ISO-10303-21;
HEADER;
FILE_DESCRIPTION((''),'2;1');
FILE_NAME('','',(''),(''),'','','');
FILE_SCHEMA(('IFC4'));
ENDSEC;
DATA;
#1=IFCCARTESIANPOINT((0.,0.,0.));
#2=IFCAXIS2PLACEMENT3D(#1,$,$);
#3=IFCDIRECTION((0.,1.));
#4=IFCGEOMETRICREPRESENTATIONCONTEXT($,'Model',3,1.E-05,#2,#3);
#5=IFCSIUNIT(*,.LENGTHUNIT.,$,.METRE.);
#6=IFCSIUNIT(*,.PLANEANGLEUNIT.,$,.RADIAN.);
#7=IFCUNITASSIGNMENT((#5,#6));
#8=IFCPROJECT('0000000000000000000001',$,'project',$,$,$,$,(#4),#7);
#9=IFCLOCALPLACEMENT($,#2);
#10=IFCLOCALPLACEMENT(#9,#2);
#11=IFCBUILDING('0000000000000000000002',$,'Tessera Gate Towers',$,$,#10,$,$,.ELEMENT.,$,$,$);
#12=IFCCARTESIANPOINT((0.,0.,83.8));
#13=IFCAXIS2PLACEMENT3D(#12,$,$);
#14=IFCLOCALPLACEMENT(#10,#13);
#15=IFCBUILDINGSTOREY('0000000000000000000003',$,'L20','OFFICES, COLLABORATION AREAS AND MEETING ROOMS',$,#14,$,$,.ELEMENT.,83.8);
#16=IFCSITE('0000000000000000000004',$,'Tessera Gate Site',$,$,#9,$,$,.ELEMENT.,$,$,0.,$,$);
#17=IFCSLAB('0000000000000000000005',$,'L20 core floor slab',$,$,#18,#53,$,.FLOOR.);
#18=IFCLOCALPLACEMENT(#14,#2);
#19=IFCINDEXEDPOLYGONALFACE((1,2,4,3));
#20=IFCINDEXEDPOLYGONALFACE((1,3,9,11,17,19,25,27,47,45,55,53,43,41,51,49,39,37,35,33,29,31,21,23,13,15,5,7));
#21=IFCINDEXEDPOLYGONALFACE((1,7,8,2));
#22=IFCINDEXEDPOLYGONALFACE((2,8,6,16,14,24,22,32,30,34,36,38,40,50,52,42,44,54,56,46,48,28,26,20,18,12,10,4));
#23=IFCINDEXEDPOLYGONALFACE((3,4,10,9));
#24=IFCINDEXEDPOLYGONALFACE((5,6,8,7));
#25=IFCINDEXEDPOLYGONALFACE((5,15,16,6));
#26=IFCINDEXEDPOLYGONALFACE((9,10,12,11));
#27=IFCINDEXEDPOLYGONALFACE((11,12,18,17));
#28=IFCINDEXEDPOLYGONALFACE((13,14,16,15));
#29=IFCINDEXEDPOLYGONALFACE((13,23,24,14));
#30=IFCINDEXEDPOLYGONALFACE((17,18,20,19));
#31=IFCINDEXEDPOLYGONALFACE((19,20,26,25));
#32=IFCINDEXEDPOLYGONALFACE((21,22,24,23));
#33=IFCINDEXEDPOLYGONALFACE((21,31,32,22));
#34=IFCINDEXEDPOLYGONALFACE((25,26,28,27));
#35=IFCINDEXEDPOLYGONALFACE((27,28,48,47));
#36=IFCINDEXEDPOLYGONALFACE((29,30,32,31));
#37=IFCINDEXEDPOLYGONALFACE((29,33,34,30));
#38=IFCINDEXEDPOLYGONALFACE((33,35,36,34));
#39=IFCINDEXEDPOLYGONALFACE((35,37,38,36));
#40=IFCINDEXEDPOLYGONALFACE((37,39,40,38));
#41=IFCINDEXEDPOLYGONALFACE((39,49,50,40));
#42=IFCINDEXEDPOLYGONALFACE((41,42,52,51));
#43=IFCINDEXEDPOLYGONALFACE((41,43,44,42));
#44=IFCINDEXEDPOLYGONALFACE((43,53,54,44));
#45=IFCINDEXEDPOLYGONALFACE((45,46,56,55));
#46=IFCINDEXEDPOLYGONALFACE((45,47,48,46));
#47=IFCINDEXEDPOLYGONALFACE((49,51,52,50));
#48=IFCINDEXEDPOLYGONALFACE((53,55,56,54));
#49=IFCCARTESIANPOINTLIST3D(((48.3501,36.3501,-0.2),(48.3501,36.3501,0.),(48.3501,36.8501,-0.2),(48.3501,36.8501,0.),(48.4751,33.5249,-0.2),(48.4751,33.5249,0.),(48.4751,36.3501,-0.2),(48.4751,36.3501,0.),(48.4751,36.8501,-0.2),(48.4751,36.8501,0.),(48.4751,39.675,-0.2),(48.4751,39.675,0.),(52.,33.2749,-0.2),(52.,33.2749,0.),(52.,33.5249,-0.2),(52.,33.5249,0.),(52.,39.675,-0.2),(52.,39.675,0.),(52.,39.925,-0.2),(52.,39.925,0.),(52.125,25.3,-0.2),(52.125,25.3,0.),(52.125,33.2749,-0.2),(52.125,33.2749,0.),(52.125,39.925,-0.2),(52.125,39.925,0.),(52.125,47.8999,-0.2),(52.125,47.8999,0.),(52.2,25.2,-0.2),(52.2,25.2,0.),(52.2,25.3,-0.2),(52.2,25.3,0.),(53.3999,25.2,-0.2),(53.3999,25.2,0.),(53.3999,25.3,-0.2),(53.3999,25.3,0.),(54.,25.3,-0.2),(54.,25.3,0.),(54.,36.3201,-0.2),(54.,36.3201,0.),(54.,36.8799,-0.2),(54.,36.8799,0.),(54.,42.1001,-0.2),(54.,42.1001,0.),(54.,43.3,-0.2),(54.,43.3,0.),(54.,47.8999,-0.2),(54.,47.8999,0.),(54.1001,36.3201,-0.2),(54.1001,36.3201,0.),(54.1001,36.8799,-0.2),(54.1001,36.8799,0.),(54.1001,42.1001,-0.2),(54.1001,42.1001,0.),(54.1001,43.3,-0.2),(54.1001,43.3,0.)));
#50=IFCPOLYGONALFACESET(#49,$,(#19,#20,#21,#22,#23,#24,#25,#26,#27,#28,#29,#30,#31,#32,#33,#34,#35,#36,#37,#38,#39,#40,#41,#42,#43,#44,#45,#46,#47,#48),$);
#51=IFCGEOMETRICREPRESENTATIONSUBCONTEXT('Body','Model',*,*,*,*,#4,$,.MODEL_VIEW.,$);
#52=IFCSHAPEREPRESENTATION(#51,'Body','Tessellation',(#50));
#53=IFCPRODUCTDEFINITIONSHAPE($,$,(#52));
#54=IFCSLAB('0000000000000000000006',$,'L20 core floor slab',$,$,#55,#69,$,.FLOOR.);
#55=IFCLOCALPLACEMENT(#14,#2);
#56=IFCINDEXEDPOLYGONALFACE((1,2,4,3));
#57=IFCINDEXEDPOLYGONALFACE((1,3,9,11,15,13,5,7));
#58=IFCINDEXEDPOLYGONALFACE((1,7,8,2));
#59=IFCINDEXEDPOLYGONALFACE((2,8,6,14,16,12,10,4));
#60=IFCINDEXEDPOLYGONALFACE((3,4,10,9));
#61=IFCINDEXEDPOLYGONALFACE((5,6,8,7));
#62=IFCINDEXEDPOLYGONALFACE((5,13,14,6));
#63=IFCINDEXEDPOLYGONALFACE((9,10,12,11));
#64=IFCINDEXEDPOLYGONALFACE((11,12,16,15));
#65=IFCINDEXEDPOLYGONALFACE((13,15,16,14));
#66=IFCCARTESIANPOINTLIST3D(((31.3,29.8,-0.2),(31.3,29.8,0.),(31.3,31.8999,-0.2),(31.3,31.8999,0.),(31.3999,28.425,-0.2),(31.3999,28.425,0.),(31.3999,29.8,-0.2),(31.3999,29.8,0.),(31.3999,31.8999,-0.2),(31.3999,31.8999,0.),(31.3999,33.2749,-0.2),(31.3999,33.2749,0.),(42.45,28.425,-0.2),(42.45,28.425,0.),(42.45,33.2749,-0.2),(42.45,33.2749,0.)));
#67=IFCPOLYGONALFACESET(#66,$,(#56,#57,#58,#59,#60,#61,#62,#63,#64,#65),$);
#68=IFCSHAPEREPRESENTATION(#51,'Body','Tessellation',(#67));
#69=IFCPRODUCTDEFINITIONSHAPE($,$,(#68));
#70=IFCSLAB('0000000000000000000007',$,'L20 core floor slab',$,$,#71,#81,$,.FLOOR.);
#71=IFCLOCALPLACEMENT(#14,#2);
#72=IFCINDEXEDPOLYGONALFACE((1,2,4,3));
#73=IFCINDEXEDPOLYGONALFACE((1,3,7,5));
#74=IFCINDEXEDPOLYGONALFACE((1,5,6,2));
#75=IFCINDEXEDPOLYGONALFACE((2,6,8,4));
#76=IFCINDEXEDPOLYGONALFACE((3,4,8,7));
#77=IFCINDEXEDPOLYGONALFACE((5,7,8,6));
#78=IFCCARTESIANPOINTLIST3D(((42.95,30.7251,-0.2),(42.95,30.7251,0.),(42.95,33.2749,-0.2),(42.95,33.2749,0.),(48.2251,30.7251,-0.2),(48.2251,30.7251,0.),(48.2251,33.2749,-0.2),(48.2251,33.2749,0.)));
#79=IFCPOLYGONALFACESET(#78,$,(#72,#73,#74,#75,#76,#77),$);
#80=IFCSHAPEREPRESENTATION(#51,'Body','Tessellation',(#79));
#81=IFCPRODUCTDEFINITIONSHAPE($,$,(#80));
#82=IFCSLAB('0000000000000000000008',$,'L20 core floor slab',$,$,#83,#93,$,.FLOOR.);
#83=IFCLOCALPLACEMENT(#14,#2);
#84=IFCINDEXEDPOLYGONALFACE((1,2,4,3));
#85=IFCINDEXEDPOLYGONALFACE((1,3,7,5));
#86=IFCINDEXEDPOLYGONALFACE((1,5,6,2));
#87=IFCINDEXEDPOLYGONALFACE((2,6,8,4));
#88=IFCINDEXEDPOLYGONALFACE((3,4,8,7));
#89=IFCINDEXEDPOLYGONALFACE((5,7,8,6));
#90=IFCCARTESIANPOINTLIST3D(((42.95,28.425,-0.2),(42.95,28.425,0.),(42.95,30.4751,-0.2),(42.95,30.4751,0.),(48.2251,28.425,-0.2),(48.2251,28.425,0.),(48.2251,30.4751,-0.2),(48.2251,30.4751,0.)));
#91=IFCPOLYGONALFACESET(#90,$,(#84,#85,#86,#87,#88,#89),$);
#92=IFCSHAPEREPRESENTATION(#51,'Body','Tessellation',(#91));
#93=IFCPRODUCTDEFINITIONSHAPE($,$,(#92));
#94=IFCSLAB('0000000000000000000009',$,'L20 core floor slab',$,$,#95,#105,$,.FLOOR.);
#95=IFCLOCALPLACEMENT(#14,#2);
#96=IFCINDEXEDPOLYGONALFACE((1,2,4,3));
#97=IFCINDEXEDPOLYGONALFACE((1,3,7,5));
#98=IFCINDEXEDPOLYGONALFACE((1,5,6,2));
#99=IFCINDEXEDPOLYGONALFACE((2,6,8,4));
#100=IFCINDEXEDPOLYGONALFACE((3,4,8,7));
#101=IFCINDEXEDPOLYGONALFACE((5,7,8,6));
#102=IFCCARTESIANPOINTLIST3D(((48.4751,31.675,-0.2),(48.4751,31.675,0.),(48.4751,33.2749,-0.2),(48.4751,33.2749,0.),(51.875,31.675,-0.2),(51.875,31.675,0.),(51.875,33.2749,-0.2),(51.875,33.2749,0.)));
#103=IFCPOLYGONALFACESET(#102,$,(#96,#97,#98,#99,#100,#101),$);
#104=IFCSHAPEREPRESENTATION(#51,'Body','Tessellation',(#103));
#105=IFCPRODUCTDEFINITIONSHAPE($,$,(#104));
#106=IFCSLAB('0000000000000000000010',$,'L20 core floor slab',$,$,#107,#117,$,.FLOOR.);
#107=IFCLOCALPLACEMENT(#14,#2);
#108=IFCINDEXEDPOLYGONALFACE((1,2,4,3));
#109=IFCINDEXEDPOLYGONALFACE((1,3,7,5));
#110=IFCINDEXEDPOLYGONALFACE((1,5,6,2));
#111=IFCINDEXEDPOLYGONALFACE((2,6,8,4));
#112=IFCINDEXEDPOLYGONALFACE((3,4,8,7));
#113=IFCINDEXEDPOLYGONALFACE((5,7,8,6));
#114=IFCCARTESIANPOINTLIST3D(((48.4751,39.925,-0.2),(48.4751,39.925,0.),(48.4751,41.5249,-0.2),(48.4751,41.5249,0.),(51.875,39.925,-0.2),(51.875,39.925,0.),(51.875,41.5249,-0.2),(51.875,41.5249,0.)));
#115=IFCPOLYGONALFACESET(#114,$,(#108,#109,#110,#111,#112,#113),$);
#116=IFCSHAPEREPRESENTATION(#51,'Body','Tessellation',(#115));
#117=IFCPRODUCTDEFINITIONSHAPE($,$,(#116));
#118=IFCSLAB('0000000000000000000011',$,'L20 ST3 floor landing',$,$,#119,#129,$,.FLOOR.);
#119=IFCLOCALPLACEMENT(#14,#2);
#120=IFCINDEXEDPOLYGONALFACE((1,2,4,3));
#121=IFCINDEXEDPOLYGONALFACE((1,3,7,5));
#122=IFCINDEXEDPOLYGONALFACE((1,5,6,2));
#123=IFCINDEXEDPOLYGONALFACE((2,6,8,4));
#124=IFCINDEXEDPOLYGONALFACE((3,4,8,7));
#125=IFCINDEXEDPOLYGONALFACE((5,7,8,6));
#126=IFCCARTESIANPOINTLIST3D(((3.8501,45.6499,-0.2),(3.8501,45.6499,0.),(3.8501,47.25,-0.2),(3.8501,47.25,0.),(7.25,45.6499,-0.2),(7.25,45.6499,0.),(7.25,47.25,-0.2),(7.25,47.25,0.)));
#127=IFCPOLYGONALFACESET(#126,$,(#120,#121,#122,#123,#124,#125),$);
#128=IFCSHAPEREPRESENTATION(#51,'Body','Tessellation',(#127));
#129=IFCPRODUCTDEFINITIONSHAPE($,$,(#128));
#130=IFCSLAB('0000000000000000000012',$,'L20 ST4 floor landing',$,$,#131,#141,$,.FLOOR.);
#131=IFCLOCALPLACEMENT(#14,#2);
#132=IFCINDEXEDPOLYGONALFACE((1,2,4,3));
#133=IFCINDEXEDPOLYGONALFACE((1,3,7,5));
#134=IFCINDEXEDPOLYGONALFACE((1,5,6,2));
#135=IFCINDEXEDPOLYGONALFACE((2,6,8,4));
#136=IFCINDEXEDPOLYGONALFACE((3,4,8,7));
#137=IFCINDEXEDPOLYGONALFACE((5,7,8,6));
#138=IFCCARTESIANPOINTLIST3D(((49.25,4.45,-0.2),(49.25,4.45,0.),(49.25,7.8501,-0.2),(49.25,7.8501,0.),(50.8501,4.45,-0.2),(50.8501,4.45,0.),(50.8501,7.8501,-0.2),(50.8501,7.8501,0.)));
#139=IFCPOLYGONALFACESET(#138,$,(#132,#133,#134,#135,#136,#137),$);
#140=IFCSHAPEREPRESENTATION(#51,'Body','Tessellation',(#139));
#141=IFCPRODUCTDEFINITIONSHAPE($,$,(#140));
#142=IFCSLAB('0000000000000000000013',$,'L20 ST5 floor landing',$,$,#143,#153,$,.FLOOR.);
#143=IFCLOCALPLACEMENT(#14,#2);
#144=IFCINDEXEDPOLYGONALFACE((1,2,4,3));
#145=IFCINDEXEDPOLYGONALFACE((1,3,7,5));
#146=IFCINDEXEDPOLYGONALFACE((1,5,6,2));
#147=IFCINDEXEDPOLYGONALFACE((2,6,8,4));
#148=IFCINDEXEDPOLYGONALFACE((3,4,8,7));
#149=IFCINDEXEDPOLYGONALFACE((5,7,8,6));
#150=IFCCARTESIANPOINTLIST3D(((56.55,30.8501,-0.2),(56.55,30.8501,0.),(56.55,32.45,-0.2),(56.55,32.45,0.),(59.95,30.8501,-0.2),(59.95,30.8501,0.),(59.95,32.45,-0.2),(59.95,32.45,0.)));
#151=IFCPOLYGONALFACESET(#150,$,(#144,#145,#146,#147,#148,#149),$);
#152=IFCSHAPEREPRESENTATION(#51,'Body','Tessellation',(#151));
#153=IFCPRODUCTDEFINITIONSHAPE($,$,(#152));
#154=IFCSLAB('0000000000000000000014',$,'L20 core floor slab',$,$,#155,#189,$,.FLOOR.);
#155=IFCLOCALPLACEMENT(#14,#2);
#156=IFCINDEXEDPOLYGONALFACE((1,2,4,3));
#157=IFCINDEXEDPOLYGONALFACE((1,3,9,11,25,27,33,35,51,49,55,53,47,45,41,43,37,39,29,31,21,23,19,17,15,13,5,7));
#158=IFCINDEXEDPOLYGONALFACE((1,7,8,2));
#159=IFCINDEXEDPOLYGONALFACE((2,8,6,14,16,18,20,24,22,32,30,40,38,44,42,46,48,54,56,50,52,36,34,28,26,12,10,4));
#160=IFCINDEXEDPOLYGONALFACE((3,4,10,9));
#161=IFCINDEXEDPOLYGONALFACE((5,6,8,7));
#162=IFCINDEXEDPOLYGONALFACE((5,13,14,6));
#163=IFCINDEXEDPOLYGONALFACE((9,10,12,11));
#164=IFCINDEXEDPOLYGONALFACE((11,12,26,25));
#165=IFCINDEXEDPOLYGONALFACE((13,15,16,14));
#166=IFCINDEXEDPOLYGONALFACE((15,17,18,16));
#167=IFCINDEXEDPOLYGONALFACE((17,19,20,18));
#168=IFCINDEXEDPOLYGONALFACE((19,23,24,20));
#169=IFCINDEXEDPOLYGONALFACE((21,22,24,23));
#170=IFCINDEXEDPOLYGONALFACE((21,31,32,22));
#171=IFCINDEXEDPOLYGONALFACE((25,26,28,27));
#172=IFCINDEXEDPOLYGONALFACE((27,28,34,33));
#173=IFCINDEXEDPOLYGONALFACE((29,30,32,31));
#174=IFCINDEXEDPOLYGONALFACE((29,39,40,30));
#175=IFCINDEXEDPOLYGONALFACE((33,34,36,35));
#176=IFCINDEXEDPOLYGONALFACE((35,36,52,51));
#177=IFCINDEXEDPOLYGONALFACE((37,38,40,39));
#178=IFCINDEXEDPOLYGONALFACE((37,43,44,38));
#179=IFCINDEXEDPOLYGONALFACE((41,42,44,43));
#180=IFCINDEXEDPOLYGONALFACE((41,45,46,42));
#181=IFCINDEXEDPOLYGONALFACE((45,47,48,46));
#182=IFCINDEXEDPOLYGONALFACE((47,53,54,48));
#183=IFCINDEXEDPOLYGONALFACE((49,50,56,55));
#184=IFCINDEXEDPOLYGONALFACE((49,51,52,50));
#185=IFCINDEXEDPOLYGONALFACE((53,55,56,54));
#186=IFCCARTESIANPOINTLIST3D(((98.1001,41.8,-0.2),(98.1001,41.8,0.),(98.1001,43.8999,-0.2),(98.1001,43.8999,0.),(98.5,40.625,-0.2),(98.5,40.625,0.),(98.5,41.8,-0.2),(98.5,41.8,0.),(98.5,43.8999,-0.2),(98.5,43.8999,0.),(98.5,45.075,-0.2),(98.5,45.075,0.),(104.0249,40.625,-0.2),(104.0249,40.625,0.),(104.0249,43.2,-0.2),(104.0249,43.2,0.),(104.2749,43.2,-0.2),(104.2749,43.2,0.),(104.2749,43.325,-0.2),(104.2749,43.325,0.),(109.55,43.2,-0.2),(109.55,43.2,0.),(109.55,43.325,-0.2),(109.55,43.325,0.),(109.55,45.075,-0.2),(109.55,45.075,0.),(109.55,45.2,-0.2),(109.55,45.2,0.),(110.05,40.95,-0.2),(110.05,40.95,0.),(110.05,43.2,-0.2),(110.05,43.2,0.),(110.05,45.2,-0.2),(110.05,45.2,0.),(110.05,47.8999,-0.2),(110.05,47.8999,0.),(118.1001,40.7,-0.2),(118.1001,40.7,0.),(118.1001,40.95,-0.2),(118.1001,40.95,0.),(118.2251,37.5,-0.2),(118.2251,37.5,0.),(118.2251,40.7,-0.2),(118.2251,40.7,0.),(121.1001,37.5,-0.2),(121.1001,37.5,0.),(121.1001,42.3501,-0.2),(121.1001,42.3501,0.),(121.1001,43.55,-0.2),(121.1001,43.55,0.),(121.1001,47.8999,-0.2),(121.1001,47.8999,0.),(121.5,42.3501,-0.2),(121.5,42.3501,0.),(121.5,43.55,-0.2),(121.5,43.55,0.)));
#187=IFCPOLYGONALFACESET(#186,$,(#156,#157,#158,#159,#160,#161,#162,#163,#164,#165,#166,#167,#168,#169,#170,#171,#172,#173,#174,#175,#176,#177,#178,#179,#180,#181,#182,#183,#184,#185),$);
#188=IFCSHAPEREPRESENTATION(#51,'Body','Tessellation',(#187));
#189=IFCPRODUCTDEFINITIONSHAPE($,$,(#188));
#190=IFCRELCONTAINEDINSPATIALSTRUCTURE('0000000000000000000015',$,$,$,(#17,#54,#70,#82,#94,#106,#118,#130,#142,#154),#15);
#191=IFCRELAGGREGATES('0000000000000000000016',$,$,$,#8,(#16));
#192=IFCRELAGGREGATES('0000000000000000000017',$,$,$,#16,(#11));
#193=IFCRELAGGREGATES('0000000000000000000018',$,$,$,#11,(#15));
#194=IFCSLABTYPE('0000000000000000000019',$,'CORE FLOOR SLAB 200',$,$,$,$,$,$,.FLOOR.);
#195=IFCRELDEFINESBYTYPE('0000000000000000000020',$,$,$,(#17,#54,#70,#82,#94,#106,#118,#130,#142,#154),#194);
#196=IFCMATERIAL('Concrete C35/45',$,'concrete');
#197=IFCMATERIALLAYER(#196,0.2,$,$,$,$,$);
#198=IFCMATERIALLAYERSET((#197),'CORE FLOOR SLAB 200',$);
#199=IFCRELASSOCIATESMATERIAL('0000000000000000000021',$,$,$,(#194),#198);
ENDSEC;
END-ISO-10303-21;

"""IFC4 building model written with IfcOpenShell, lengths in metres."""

from ifc_helpers import new_model, si_unit, direction, frame, origin, place, context, subcontext, project, spatial, polyline, outline, extrude, material, layer, layer_set, type_object, element, save


model = new_model("IFC4")

# Units and contexts
model_context = context("Model", 3, precision=1e-05, world=origin(), true_north=direction((0.0, 1.0)))
body_context = subcontext(model_context, "Body", "Model", "MODEL_VIEW")
ifc_project = project(units=[si_unit("LENGTHUNIT", "METRE"), si_unit("PLANEANGLEUNIT", "RADIAN")], contexts=[model_context])

# Site, building, storey
site_placement = place(None, origin())
site = spatial("IfcSite", under=ifc_project, at=site_placement, Name="Tessera Gate Site", CompositionType="ELEMENT", RefElevation=0.0)
building_placement = place(site_placement, origin())
building = spatial("IfcBuilding", under=site, at=building_placement, Name="Tessera Gate Towers", CompositionType="ELEMENT")
storey_placement = place(building_placement, frame((0.0, 0.0, 83.8)))
storey = spatial("IfcBuildingStorey", under=building, at=storey_placement, Name="L20", Description="OFFICES, COLLABORATION AREAS AND MEETING ROOMS", CompositionType="ELEMENT", Elevation=83.8)

# Slabs
ifc_material_1 = material(Name="Concrete C35/45", Category="concrete")
ifc_layer_1 = layer(ifc_material_1, 0.2)
ifc_layer_set_1 = layer_set([ifc_layer_1], Name="CORE FLOOR SLAB 200")
slab_type_1 = type_object("IfcSlabType", Name="CORE FLOOR SLAB 200", PredefinedType="FLOOR", material=ifc_layer_set_1)
slab_1_placement = place(storey_placement, frame((0.0, 0.0, -0.2)))
element("IfcSlab", 1, at=slab_1_placement, inside=storey, type_object=slab_type_1, Name="L20 core floor slab", PredefinedType="FLOOR", context=body_context, shape_type="SweptSolid", body=[
    extrude(outline(polyline([(52.2, 25.2), (53.3999, 25.2), (53.3999, 25.3), (54.0, 25.3), (54.0, 36.3201), (54.1001, 36.3201), (54.1001, 36.8799), (54.0, 36.8799), (54.0, 42.1001), (54.1001, 42.1001), (54.1001, 43.3), (54.0, 43.3), (54.0, 47.8999), (52.125, 47.8999), (52.125, 39.925), (52.0, 39.925), (52.0, 39.675), (48.4751, 39.675), (48.4751, 36.8501), (48.3501, 36.8501), (48.3501, 36.3501), (48.4751, 36.3501), (48.4751, 33.5249), (52.0, 33.5249), (52.0, 33.2749), (52.125, 33.2749), (52.125, 25.3), (52.2, 25.3), (52.2, 25.2)])), origin(), (0.0, 0.0, 1.0), 0.2),
])
slab_2_placement = place(storey_placement, frame((0.0, 0.0, -0.2)))
element("IfcSlab", 2, at=slab_2_placement, inside=storey, type_object=slab_type_1, Name="L20 core floor slab", PredefinedType="FLOOR", context=body_context, shape_type="SweptSolid", body=[
    extrude(outline(polyline([(31.3999, 29.8), (31.3999, 28.425), (42.45, 28.425), (42.45, 33.2749), (31.3999, 33.2749), (31.3999, 31.8999), (31.3, 31.8999), (31.3, 29.8), (31.3999, 29.8)])), origin(), (0.0, 0.0, 1.0), 0.2),
])
slab_3_placement = place(storey_placement, frame((0.0, 0.0, -0.2)))
element("IfcSlab", 3, at=slab_3_placement, inside=storey, type_object=slab_type_1, Name="L20 core floor slab", PredefinedType="FLOOR", context=body_context, shape_type="SweptSolid", body=[
    extrude(outline(polyline([(42.95, 33.2749), (42.95, 30.7251), (48.2251, 30.7251), (48.2251, 33.2749), (42.95, 33.2749)])), origin(), (0.0, 0.0, 1.0), 0.2),
])
slab_4_placement = place(storey_placement, frame((0.0, 0.0, -0.2)))
element("IfcSlab", 4, at=slab_4_placement, inside=storey, type_object=slab_type_1, Name="L20 core floor slab", PredefinedType="FLOOR", context=body_context, shape_type="SweptSolid", body=[
    extrude(outline(polyline([(42.95, 30.4751), (42.95, 28.425), (48.2251, 28.425), (48.2251, 30.4751), (42.95, 30.4751)])), origin(), (0.0, 0.0, 1.0), 0.2),
])
slab_5_placement = place(storey_placement, frame((0.0, 0.0, -0.2)))
element("IfcSlab", 5, at=slab_5_placement, inside=storey, type_object=slab_type_1, Name="L20 core floor slab", PredefinedType="FLOOR", context=body_context, shape_type="SweptSolid", body=[
    extrude(outline(polyline([(51.875, 31.675), (51.875, 33.2749), (48.4751, 33.2749), (48.4751, 31.675), (51.875, 31.675)])), origin(), (0.0, 0.0, 1.0), 0.2),
])
slab_6_placement = place(storey_placement, frame((0.0, 0.0, -0.2)))
element("IfcSlab", 6, at=slab_6_placement, inside=storey, type_object=slab_type_1, Name="L20 core floor slab", PredefinedType="FLOOR", context=body_context, shape_type="SweptSolid", body=[
    extrude(outline(polyline([(48.4751, 41.5249), (48.4751, 39.925), (51.875, 39.925), (51.875, 41.5249), (48.4751, 41.5249)])), origin(), (0.0, 0.0, 1.0), 0.2),
])
slab_7_placement = place(storey_placement, frame((0.0, 0.0, -0.2)))
element("IfcSlab", 7, at=slab_7_placement, inside=storey, type_object=slab_type_1, Name="L20 ST3 floor landing", PredefinedType="FLOOR", context=body_context, shape_type="SweptSolid", body=[
    extrude(outline(polyline([(3.8501, 47.25), (3.8501, 45.6499), (7.25, 45.6499), (7.25, 47.25), (3.8501, 47.25)])), origin(), (0.0, 0.0, 1.0), 0.2),
])
slab_8_placement = place(storey_placement, frame((0.0, 0.0, -0.2)))
element("IfcSlab", 8, at=slab_8_placement, inside=storey, type_object=slab_type_1, Name="L20 ST4 floor landing", PredefinedType="FLOOR", context=body_context, shape_type="SweptSolid", body=[
    extrude(outline(polyline([(49.25, 4.45), (50.8501, 4.45), (50.8501, 7.8501), (49.25, 7.8501), (49.25, 4.45)])), origin(), (0.0, 0.0, 1.0), 0.2),
])
slab_9_placement = place(storey_placement, frame((0.0, 0.0, -0.2)))
element("IfcSlab", 9, at=slab_9_placement, inside=storey, type_object=slab_type_1, Name="L20 ST5 floor landing", PredefinedType="FLOOR", context=body_context, shape_type="SweptSolid", body=[
    extrude(outline(polyline([(59.95, 30.8501), (59.95, 32.45), (56.55, 32.45), (56.55, 30.8501), (59.95, 30.8501)])), origin(), (0.0, 0.0, 1.0), 0.2),
])
slab_10_placement = place(storey_placement, frame((0.0, 0.0, -0.2)))
element("IfcSlab", 10, at=slab_10_placement, inside=storey, type_object=slab_type_1, Name="L20 core floor slab", PredefinedType="FLOOR", context=body_context, shape_type="SweptSolid", body=[
    extrude(outline(polyline([(109.55, 45.2), (109.55, 45.075), (98.5, 45.075), (98.5, 43.8999), (98.1001, 43.8999), (98.1001, 41.8), (98.5, 41.8), (98.5, 40.625), (104.0249, 40.625), (104.0249, 43.2), (104.2749, 43.2), (104.2749, 43.325), (109.55, 43.325), (109.55, 43.2), (110.05, 43.2), (110.05, 40.95), (118.1001, 40.95), (118.1001, 40.7), (118.2251, 40.7), (118.2251, 37.5), (121.1001, 37.5), (121.1001, 42.3501), (121.5, 42.3501), (121.5, 43.55), (121.1001, 43.55), (121.1001, 47.8999), (110.05, 47.8999), (110.05, 45.2), (109.55, 45.2)])), origin(), (0.0, 0.0, 1.0), 0.2),
])

save(model, "model.ifc")
